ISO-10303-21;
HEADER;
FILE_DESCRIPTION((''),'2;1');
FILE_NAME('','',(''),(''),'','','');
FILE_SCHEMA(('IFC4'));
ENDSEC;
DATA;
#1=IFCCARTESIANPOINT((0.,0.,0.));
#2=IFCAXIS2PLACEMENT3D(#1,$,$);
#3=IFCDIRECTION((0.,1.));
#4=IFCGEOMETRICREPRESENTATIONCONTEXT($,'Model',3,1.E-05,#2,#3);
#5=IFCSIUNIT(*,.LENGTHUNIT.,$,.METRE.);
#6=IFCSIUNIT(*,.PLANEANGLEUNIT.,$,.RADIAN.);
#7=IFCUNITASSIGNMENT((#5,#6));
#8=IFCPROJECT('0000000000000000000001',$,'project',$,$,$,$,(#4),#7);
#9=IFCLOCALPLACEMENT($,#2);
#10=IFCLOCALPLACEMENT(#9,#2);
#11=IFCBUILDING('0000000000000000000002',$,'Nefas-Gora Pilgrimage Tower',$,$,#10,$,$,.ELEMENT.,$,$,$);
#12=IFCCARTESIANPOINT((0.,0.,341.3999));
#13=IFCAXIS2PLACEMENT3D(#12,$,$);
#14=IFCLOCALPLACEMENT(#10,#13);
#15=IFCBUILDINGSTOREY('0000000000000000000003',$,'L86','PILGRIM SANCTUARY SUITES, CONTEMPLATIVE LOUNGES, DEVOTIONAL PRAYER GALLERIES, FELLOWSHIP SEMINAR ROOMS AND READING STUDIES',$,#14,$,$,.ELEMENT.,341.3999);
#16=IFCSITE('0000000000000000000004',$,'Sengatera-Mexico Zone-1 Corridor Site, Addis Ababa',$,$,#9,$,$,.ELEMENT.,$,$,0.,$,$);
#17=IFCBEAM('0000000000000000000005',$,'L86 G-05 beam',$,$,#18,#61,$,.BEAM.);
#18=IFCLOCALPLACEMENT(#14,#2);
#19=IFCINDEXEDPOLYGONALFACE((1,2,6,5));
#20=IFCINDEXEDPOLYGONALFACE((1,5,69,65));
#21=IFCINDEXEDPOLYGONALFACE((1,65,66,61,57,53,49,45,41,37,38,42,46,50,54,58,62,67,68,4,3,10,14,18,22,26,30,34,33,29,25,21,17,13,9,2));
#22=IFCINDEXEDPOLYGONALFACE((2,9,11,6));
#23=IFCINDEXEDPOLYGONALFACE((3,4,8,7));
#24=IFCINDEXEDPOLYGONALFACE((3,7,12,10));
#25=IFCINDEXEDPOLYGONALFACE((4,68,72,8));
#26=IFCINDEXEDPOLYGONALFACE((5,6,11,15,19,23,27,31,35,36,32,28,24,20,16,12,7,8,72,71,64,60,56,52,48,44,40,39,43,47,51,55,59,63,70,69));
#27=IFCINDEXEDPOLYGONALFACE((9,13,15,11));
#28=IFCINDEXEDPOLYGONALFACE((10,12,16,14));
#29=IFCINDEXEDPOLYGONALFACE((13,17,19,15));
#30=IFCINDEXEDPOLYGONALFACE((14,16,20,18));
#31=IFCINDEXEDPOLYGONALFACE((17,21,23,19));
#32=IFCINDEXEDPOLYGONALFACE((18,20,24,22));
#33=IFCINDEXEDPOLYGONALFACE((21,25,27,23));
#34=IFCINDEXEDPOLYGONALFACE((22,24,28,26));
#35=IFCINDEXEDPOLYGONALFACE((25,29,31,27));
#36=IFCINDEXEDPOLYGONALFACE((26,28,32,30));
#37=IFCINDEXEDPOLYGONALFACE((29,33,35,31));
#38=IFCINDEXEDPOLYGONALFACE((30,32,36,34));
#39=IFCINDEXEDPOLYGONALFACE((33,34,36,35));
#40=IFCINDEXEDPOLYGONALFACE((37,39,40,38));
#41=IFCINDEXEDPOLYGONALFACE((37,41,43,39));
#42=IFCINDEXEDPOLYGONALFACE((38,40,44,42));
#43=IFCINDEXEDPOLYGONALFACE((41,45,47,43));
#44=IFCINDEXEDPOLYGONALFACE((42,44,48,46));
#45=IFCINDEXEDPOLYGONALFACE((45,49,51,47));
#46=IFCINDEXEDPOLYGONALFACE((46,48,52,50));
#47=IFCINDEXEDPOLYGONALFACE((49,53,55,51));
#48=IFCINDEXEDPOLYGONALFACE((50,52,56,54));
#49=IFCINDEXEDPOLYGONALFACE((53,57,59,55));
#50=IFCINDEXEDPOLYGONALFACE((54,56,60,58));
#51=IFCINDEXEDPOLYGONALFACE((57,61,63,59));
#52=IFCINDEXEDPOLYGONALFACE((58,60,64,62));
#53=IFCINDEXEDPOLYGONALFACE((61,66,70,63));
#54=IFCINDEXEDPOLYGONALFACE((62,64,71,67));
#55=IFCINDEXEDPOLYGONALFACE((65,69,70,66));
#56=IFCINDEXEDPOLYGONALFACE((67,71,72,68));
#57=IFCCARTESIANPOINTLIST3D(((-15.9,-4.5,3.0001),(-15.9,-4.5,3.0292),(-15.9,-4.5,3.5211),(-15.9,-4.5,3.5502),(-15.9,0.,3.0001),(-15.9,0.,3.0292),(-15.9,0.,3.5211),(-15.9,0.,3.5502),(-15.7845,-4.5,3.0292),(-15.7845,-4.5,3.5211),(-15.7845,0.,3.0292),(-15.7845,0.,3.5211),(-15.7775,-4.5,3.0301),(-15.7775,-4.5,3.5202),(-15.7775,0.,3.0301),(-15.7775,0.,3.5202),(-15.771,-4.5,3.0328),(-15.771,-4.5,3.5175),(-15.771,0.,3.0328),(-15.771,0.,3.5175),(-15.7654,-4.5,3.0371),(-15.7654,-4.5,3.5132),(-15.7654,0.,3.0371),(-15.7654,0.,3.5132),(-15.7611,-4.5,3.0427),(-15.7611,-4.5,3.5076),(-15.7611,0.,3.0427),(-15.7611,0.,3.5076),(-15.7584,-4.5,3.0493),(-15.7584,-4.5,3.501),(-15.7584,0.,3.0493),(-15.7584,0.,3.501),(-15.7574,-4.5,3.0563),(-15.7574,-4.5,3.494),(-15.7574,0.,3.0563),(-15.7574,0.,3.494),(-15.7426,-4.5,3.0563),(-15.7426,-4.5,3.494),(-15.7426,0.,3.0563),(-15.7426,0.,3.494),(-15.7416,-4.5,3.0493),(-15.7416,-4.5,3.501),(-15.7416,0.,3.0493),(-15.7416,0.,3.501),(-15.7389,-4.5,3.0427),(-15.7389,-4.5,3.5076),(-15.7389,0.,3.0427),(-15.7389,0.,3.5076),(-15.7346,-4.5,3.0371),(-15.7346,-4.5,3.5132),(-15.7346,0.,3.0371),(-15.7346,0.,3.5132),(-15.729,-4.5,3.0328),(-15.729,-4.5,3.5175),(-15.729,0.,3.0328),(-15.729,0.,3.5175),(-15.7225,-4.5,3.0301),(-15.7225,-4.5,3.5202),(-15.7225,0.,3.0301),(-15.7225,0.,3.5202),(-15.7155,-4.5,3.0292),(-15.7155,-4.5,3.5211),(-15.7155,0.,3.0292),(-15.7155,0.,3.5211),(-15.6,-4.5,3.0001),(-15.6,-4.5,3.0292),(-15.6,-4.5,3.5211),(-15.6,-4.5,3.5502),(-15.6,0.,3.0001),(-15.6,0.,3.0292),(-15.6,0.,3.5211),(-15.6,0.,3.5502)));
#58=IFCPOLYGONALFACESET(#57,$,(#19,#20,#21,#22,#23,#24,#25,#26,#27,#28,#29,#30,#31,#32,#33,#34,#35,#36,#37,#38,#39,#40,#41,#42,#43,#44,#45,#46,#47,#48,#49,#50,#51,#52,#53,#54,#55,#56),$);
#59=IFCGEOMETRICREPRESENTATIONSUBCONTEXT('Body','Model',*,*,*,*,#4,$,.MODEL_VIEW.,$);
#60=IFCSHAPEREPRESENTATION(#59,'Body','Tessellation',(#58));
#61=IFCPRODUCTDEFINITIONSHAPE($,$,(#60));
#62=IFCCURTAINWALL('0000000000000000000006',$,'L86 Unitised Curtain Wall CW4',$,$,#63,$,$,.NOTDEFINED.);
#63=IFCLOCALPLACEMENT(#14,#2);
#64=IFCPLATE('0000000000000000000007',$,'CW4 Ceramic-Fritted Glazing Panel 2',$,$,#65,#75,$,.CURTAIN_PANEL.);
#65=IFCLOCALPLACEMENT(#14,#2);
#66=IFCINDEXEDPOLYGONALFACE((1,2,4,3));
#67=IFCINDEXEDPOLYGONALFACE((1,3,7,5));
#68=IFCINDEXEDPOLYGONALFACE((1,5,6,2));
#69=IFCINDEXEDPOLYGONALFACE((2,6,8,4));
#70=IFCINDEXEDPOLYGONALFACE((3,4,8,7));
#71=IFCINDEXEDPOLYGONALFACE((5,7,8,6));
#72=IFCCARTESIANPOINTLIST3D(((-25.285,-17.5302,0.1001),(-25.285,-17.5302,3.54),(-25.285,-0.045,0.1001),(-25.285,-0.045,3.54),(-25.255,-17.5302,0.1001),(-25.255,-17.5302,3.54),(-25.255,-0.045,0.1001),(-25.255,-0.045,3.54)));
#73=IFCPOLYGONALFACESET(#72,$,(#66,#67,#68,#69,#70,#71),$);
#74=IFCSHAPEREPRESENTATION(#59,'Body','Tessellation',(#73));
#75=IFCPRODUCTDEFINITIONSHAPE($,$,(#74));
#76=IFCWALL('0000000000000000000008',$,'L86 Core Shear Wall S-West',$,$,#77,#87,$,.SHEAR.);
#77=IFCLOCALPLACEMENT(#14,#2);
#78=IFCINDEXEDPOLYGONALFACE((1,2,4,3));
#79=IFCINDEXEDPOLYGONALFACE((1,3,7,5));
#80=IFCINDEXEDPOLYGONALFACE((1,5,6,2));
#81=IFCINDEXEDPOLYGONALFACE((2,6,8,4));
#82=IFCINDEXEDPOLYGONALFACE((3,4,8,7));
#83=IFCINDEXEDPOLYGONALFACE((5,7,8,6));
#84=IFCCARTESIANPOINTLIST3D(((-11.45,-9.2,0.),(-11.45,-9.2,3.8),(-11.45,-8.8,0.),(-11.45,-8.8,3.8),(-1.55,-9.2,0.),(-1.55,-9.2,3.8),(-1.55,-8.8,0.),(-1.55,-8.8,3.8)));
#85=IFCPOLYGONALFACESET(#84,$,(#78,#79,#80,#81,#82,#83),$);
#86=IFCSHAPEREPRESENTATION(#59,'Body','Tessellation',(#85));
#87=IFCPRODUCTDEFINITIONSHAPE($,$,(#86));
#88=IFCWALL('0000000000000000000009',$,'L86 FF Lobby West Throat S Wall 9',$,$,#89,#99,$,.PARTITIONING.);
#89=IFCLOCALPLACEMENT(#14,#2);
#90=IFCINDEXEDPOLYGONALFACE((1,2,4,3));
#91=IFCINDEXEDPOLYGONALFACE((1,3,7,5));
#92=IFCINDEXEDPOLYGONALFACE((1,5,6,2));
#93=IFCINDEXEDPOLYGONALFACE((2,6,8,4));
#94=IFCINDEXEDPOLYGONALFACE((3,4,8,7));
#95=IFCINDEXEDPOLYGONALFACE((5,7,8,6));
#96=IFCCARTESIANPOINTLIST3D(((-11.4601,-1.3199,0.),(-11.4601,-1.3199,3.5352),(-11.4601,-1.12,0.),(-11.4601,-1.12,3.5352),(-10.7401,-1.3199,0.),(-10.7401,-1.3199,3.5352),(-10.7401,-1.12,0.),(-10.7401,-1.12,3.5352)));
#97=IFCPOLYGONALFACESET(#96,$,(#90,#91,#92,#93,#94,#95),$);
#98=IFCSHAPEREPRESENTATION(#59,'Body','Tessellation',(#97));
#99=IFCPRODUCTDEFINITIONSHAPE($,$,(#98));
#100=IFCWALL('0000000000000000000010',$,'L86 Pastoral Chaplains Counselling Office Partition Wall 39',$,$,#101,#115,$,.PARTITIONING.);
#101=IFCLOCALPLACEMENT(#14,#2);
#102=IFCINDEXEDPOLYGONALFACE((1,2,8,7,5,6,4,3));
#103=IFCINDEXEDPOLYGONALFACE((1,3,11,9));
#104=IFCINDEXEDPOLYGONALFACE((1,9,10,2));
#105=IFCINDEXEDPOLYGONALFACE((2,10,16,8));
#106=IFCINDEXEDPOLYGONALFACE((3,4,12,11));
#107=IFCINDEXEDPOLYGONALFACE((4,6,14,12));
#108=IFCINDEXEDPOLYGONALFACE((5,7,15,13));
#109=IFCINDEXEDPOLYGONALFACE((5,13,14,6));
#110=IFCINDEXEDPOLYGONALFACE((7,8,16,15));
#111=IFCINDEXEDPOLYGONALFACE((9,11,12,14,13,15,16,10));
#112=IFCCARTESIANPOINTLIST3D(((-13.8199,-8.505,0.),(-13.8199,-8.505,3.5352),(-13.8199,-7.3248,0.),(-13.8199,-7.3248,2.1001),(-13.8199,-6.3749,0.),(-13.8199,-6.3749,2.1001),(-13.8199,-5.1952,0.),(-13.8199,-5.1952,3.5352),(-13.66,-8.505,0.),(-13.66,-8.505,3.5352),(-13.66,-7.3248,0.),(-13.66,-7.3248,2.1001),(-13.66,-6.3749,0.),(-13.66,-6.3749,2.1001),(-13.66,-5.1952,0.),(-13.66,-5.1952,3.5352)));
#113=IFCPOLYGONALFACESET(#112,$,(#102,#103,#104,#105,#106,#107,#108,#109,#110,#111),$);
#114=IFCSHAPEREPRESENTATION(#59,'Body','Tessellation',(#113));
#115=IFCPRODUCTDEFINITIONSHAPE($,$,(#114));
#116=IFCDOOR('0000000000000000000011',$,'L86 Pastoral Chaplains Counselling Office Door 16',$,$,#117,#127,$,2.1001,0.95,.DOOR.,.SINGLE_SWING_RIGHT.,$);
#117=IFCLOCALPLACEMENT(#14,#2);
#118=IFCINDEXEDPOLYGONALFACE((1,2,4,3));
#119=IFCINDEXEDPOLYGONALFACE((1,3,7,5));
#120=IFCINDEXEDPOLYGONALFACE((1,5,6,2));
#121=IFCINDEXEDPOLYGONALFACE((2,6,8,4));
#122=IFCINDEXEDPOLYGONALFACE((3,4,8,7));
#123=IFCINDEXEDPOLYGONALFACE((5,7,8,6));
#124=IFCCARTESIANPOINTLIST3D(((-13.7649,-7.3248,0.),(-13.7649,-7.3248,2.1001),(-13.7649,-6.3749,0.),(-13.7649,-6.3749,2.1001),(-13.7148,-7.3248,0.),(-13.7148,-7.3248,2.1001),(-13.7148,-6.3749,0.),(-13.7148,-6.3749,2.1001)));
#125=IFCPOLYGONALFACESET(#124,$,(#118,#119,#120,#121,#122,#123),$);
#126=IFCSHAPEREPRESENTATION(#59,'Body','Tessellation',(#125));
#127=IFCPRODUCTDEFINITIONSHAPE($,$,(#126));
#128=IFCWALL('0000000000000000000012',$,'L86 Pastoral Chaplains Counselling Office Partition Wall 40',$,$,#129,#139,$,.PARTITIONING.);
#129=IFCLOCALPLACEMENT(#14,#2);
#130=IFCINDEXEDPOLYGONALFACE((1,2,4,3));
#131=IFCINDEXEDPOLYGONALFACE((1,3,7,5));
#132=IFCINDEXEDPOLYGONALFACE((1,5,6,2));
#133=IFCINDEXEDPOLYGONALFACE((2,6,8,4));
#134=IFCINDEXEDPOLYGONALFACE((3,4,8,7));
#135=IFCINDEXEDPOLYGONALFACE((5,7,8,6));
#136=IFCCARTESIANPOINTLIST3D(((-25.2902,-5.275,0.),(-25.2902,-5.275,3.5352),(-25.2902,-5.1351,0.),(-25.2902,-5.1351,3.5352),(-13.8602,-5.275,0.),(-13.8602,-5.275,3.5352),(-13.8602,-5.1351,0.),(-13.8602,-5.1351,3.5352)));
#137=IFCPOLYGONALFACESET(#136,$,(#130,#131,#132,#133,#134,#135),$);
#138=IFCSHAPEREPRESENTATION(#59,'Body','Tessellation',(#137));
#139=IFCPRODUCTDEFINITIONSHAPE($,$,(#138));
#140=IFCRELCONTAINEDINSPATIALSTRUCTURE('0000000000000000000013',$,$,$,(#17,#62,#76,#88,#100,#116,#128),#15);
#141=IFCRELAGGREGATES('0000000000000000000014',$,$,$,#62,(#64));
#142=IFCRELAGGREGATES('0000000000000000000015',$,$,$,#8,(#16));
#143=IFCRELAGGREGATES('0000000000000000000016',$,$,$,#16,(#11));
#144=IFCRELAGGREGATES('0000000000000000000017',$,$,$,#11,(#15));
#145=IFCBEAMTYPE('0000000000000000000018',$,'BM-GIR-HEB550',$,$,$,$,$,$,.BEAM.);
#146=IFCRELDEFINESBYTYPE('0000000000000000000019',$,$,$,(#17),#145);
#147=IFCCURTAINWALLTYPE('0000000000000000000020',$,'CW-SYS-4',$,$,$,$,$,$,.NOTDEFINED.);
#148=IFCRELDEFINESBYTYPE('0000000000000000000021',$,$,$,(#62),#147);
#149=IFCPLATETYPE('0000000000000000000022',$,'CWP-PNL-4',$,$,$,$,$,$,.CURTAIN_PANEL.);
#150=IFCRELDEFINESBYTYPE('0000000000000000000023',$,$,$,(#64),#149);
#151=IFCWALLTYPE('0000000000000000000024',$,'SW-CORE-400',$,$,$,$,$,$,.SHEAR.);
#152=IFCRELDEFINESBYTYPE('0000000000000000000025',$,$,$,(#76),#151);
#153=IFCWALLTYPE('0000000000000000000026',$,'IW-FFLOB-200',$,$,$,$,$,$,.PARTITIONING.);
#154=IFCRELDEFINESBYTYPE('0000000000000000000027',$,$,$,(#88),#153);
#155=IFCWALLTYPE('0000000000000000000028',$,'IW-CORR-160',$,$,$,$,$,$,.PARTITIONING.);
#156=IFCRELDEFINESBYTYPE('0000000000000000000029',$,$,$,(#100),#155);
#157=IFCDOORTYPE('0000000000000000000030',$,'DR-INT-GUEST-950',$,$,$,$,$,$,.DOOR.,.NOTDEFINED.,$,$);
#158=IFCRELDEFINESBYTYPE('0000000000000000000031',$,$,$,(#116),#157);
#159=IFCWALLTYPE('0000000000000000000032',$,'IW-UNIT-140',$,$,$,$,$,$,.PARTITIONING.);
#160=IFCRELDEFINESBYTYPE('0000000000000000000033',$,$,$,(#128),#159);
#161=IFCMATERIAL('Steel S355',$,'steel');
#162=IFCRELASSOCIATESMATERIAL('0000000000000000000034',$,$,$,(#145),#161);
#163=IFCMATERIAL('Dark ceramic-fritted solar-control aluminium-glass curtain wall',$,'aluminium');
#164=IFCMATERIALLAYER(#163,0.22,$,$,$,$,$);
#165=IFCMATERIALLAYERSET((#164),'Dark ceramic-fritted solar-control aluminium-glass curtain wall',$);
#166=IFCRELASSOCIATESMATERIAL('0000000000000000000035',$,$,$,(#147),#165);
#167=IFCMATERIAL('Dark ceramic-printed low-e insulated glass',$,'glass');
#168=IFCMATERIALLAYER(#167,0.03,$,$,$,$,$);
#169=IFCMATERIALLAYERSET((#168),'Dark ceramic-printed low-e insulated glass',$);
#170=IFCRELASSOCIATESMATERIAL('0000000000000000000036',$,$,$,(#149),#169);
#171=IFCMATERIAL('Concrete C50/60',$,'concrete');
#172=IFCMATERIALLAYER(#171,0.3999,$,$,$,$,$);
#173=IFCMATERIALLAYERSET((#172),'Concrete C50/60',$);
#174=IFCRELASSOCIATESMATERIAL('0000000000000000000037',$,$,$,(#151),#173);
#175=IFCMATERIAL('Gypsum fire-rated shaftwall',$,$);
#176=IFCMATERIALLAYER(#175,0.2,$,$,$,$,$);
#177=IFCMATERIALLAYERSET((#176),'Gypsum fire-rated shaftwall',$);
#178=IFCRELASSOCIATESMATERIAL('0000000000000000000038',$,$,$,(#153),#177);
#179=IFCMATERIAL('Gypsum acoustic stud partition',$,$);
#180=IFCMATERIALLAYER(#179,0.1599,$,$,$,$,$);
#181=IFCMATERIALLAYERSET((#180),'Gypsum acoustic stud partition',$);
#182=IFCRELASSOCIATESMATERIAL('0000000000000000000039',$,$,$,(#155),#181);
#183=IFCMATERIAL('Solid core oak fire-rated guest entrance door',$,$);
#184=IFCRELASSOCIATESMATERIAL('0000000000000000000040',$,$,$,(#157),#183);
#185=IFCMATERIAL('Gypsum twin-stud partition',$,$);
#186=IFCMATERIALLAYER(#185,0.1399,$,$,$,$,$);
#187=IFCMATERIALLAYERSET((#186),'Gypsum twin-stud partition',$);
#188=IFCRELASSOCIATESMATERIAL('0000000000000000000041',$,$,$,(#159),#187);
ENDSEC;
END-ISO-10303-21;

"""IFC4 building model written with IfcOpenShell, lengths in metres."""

from ifc_helpers import new_model, si_unit, direction, frame, frame_2d, origin, origin_2d, place, context, subcontext, project, spatial, rectangle, i_section, extrude, source, transform, mapped, material, layer, layer_set, material_profile, profile_set, type_object, element, fill, aggregate, save


model = new_model("IFC4")

# Units and contexts
model_context = context("Model", 3, precision=1e-05, world=origin(), true_north=direction((0.0, 1.0)))
body_context = subcontext(model_context, "Body", "Model", "MODEL_VIEW")
ifc_project = project(units=[si_unit("LENGTHUNIT", "METRE"), si_unit("PLANEANGLEUNIT", "RADIAN")], contexts=[model_context])

# Site, building, storey
site_placement = place(None, origin())
site = spatial("IfcSite", under=ifc_project, at=site_placement, Name="Sengatera-Mexico Zone-1 Corridor Site, Addis Ababa", CompositionType="ELEMENT", RefElevation=0.0)
building_placement = place(site_placement, origin())
building = spatial("IfcBuilding", under=site, at=building_placement, Name="Nefas-Gora Pilgrimage Tower", CompositionType="ELEMENT")
storey_placement = place(building_placement, frame((0.0, 0.0, 341.3999)))
storey = spatial("IfcBuildingStorey", under=building, at=storey_placement, Name="L86", Description="PILGRIM SANCTUARY SUITES, CONTEMPLATIVE LOUNGES, DEVOTIONAL PRAYER GALLERIES, FELLOWSHIP SEMINAR ROOMS AND READING STUDIES", CompositionType="ELEMENT", Elevation=341.3999)

# Shared definitions
ifc_material_1 = material(Name="Steel S355", Category="steel")

# Beam
ifc_material_profile_1 = material_profile(ifc_material_1, i_section(OverallWidth=0.3, OverallDepth=0.55, WebThickness=0.0149, FlangeThickness=0.0291, FilletRadius=0.0271, at=origin_2d()), Name="HEB 550")
ifc_profile_set_1 = profile_set([ifc_material_profile_1], Name="Steel S355")
beam_type_1 = type_object("IfcBeamType", Name="BM-GIR-HEB550", PredefinedType="BEAM", material=ifc_profile_set_1)
shared_shape_1 = source(origin(), body_context, "Body", "SweptSolid", [
    extrude(i_section(OverallWidth=0.3, OverallDepth=0.55, WebThickness=0.0149, FlangeThickness=0.0291, FilletRadius=0.0271, at=origin_2d()), origin(), (0.0, 0.0, 1.0), 4.5),
])
for number, where, z_axis, x_axis, name in (
    (1, (-15.75, -4.5, 3.2751), (0.0, 1.0, 0.0), (-1.0, 0.0, 0.0), "L86 G-05 beam"),
):
    element("IfcBeam", number, at=place(storey_placement, frame(where, z_axis=z_axis, x_axis=x_axis)), inside=storey, type_object=beam_type_1, Name=name, PredefinedType="BEAM", context=body_context, shape_type="MappedRepresentation", body=[
        mapped(shared_shape_1, transform((0.0, 0.0, 0.0), x_axis=(1.0, 0.0, 0.0), y_axis=(0.0, 1.0, 0.0), z_axis=(0.0, 0.0, 1.0), scale=1.0)),
    ])

# Curtain wall, plate
ifc_material_2 = material(Name="Dark ceramic-fritted solar-control aluminium-glass curtain wall", Category="aluminium")
ifc_layer_1 = layer(ifc_material_2, 0.22)
ifc_layer_set_1 = layer_set([ifc_layer_1], Name="Dark ceramic-fritted solar-control aluminium-glass curtain wall")
curtain_wall_type = type_object("IfcCurtainWallType", Name="CW-SYS-4", PredefinedType="NOTDEFINED", material=ifc_layer_set_1)
curtain_wall_placement = place(storey_placement, origin())
curtain_wall = element("IfcCurtainWall", 2, at=curtain_wall_placement, inside=storey, type_object=curtain_wall_type, Name="L86 Unitised Curtain Wall CW4", PredefinedType="NOTDEFINED")
ifc_material_3 = material(Name="Dark ceramic-printed low-e insulated glass", Category="glass")
ifc_layer_2 = layer(ifc_material_3, 0.03)
ifc_layer_set_2 = layer_set([ifc_layer_2], Name="Dark ceramic-printed low-e insulated glass")
plate_type = type_object("IfcPlateType", Name="CWP-PNL-4", PredefinedType="CURTAIN_PANEL", material=ifc_layer_set_2)
shared_shape_2 = source(origin(), body_context, "Body", "SweptSolid", [
    extrude(rectangle(XDim=17.4851, YDim=0.03, at=origin_2d()), origin(), (0.0, 0.0, 1.0), 3.4399),
])
plate_placement = place(storey_placement, frame((-25.27, -8.7876, 0.1001), z_axis=(0.0, 0.0, 1.0), x_axis=(0.0, -1.0, 0.0)))
plate = element("IfcPlate", 3, at=plate_placement, type_object=plate_type, Name="CW4 Ceramic-Fritted Glazing Panel 2", PredefinedType="CURTAIN_PANEL", context=body_context, shape_type="MappedRepresentation", body=[
    mapped(shared_shape_2, transform((0.0, 0.0, 0.0), x_axis=(1.0, 0.0, 0.0), y_axis=(0.0, 1.0, 0.0), z_axis=(0.0, 0.0, 1.0), scale=1.0)),
])
aggregate(curtain_wall, [plate])

# Walls
ifc_material_4 = material(Name="Concrete C50/60", Category="concrete")
ifc_layer_3 = layer(ifc_material_4, 0.3999)
ifc_layer_set_3 = layer_set([ifc_layer_3], Name="Concrete C50/60")
wall_type_1 = type_object("IfcWallType", Name="SW-CORE-400", PredefinedType="SHEAR", material=ifc_layer_set_3)
shared_shape_3 = source(origin(), body_context, "Body", "SweptSolid", [
    extrude(rectangle(XDim=9.8999, YDim=0.3999, at=frame_2d((4.95, 0.0))), origin(), (0.0, 0.0, 1.0), 3.8),
])
wall_1_placement = place(storey_placement, frame((-11.45, -9.0, 0.0), z_axis=(0.0, 0.0, 1.0), x_axis=(1.0, 0.0, 0.0)))
element("IfcWall", 4, at=wall_1_placement, inside=storey, type_object=wall_type_1, Name="L86 Core Shear Wall S-West", PredefinedType="SHEAR", context=body_context, shape_type="MappedRepresentation", body=[
    mapped(shared_shape_3, transform((0.0, 0.0, 0.0), x_axis=(1.0, 0.0, 0.0), y_axis=(0.0, 1.0, 0.0), z_axis=(0.0, 0.0, 1.0), scale=1.0)),
])
ifc_material_5 = material(Name="Gypsum fire-rated shaftwall")
ifc_layer_4 = layer(ifc_material_5, 0.2)
ifc_layer_set_4 = layer_set([ifc_layer_4], Name="Gypsum fire-rated shaftwall")
wall_type_2 = type_object("IfcWallType", Name="IW-FFLOB-200", PredefinedType="PARTITIONING", material=ifc_layer_set_4)
shared_shape_4 = source(origin(), body_context, "Body", "SweptSolid", [
    extrude(rectangle(XDim=0.72, YDim=0.2, at=frame_2d((0.3599, 0.0))), origin(), (0.0, 0.0, 1.0), 3.5352),
])
wall_2_placement = place(storey_placement, frame((-11.46, -1.22, 0.0), z_axis=(0.0, 0.0, 1.0), x_axis=(1.0, 0.0, 0.0)))
element("IfcWall", 5, at=wall_2_placement, inside=storey, type_object=wall_type_2, Name="L86 FF Lobby West Throat S Wall 9", PredefinedType="PARTITIONING", context=body_context, shape_type="MappedRepresentation", body=[
    mapped(shared_shape_4, transform((0.0, 0.0, 0.0), x_axis=(1.0, 0.0, 0.0), y_axis=(0.0, 1.0, 0.0), z_axis=(0.0, 0.0, 1.0), scale=1.0)),
])

# Wall, opening, door
ifc_material_6 = material(Name="Gypsum acoustic stud partition")
ifc_layer_5 = layer(ifc_material_6, 0.1599)
ifc_layer_set_5 = layer_set([ifc_layer_5], Name="Gypsum acoustic stud partition")
wall_type_3 = type_object("IfcWallType", Name="IW-CORR-160", PredefinedType="PARTITIONING", material=ifc_layer_set_5)
shared_shape_5 = source(origin(), body_context, "Body", "SweptSolid", [
    extrude(rectangle(XDim=3.3098, YDim=0.1599, at=frame_2d((1.6548, 0.0))), origin(), (0.0, 0.0, 1.0), 3.5352),
])
wall_3_placement = place(storey_placement, frame((-13.74, -8.5049, 0.0), z_axis=(0.0, 0.0, 1.0), x_axis=(0.0, 1.0, 0.0)))
wall_3 = element("IfcWall", 6, at=wall_3_placement, inside=storey, type_object=wall_type_3, Name="L86 Pastoral Chaplains Counselling Office Partition Wall 39", PredefinedType="PARTITIONING", context=body_context, shape_type="MappedRepresentation", body=[
    mapped(shared_shape_5, transform((0.0, 0.0, 0.0), x_axis=(1.0, 0.0, 0.0), y_axis=(0.0, 1.0, 0.0), z_axis=(0.0, 0.0, 1.0), scale=1.0)),
])
opening_1_placement = place(wall_3_placement, frame((1.1799, 0.0, 0.0)))
opening_1 = element("IfcOpeningElement", 7, at=opening_1_placement, cuts=wall_3, PredefinedType="OPENING", context=body_context, shape_type="SweptSolid", body=[
    extrude(rectangle(XDim=0.95, YDim=2.1001, at=frame_2d((0.4751, 1.05))), frame((0.0, 0.0898, 0.0), z_axis=(0.0, -1.0, 0.0), x_axis=(1.0, 0.0, 0.0)), (0.0, 0.0, 1.0), 0.1799),
])
ifc_material_7 = material(Name="Solid core oak fire-rated guest entrance door")
door_type_1 = type_object("IfcDoorType", Name="DR-INT-GUEST-950", OperationType="NOTDEFINED", PredefinedType="DOOR", material=ifc_material_7)
shared_shape_6 = source(origin(), body_context, "Body", "SweptSolid", [
    extrude(rectangle(XDim=0.95, YDim=2.1001, at=frame_2d((0.4751, 1.05))), frame((0.0, 0.0249, 0.0), z_axis=(0.0, -1.0, 0.0), x_axis=(1.0, 0.0, 0.0)), (0.0, 0.0, 1.0), 0.05),
])
door_1_placement = place(opening_1_placement, origin())
door_1 = element("IfcDoor", 8, at=door_1_placement, inside=storey, type_object=door_type_1, Name="L86 Pastoral Chaplains Counselling Office Door 16", OperationType="SINGLE_SWING_RIGHT", OverallHeight=2.1001, OverallWidth=0.95, PredefinedType="DOOR", context=body_context, shape_type="MappedRepresentation", body=[
    mapped(shared_shape_6, transform((0.0, 0.0, 0.0), x_axis=(1.0, 0.0, 0.0), y_axis=(0.0, 1.0, 0.0), z_axis=(0.0, 0.0, 1.0), scale=1.0)),
])
fill(opening_1, door_1)

# Wall
ifc_material_8 = material(Name="Gypsum twin-stud partition")
ifc_layer_6 = layer(ifc_material_8, 0.1399)
ifc_layer_set_6 = layer_set([ifc_layer_6], Name="Gypsum twin-stud partition")
wall_type_4 = type_object("IfcWallType", Name="IW-UNIT-140", PredefinedType="PARTITIONING", material=ifc_layer_set_6)
shared_shape_7 = source(origin(), body_context, "Body", "SweptSolid", [
    extrude(rectangle(XDim=11.4299, YDim=0.1399, at=frame_2d((5.7148, 0.0))), origin(), (0.0, 0.0, 1.0), 3.5352),
])
wall_4_placement = place(storey_placement, frame((-25.29, -5.2051, 0.0), z_axis=(0.0, 0.0, 1.0), x_axis=(1.0, 0.0, 0.0)))
element("IfcWall", 9, at=wall_4_placement, inside=storey, type_object=wall_type_4, Name="L86 Pastoral Chaplains Counselling Office Partition Wall 40", PredefinedType="PARTITIONING", context=body_context, shape_type="MappedRepresentation", body=[
    mapped(shared_shape_7, transform((0.0, 0.0, 0.0), x_axis=(1.0, 0.0, 0.0), y_axis=(0.0, 1.0, 0.0), z_axis=(0.0, 0.0, 1.0), scale=1.0)),
])

save(model, "model.ifc")
